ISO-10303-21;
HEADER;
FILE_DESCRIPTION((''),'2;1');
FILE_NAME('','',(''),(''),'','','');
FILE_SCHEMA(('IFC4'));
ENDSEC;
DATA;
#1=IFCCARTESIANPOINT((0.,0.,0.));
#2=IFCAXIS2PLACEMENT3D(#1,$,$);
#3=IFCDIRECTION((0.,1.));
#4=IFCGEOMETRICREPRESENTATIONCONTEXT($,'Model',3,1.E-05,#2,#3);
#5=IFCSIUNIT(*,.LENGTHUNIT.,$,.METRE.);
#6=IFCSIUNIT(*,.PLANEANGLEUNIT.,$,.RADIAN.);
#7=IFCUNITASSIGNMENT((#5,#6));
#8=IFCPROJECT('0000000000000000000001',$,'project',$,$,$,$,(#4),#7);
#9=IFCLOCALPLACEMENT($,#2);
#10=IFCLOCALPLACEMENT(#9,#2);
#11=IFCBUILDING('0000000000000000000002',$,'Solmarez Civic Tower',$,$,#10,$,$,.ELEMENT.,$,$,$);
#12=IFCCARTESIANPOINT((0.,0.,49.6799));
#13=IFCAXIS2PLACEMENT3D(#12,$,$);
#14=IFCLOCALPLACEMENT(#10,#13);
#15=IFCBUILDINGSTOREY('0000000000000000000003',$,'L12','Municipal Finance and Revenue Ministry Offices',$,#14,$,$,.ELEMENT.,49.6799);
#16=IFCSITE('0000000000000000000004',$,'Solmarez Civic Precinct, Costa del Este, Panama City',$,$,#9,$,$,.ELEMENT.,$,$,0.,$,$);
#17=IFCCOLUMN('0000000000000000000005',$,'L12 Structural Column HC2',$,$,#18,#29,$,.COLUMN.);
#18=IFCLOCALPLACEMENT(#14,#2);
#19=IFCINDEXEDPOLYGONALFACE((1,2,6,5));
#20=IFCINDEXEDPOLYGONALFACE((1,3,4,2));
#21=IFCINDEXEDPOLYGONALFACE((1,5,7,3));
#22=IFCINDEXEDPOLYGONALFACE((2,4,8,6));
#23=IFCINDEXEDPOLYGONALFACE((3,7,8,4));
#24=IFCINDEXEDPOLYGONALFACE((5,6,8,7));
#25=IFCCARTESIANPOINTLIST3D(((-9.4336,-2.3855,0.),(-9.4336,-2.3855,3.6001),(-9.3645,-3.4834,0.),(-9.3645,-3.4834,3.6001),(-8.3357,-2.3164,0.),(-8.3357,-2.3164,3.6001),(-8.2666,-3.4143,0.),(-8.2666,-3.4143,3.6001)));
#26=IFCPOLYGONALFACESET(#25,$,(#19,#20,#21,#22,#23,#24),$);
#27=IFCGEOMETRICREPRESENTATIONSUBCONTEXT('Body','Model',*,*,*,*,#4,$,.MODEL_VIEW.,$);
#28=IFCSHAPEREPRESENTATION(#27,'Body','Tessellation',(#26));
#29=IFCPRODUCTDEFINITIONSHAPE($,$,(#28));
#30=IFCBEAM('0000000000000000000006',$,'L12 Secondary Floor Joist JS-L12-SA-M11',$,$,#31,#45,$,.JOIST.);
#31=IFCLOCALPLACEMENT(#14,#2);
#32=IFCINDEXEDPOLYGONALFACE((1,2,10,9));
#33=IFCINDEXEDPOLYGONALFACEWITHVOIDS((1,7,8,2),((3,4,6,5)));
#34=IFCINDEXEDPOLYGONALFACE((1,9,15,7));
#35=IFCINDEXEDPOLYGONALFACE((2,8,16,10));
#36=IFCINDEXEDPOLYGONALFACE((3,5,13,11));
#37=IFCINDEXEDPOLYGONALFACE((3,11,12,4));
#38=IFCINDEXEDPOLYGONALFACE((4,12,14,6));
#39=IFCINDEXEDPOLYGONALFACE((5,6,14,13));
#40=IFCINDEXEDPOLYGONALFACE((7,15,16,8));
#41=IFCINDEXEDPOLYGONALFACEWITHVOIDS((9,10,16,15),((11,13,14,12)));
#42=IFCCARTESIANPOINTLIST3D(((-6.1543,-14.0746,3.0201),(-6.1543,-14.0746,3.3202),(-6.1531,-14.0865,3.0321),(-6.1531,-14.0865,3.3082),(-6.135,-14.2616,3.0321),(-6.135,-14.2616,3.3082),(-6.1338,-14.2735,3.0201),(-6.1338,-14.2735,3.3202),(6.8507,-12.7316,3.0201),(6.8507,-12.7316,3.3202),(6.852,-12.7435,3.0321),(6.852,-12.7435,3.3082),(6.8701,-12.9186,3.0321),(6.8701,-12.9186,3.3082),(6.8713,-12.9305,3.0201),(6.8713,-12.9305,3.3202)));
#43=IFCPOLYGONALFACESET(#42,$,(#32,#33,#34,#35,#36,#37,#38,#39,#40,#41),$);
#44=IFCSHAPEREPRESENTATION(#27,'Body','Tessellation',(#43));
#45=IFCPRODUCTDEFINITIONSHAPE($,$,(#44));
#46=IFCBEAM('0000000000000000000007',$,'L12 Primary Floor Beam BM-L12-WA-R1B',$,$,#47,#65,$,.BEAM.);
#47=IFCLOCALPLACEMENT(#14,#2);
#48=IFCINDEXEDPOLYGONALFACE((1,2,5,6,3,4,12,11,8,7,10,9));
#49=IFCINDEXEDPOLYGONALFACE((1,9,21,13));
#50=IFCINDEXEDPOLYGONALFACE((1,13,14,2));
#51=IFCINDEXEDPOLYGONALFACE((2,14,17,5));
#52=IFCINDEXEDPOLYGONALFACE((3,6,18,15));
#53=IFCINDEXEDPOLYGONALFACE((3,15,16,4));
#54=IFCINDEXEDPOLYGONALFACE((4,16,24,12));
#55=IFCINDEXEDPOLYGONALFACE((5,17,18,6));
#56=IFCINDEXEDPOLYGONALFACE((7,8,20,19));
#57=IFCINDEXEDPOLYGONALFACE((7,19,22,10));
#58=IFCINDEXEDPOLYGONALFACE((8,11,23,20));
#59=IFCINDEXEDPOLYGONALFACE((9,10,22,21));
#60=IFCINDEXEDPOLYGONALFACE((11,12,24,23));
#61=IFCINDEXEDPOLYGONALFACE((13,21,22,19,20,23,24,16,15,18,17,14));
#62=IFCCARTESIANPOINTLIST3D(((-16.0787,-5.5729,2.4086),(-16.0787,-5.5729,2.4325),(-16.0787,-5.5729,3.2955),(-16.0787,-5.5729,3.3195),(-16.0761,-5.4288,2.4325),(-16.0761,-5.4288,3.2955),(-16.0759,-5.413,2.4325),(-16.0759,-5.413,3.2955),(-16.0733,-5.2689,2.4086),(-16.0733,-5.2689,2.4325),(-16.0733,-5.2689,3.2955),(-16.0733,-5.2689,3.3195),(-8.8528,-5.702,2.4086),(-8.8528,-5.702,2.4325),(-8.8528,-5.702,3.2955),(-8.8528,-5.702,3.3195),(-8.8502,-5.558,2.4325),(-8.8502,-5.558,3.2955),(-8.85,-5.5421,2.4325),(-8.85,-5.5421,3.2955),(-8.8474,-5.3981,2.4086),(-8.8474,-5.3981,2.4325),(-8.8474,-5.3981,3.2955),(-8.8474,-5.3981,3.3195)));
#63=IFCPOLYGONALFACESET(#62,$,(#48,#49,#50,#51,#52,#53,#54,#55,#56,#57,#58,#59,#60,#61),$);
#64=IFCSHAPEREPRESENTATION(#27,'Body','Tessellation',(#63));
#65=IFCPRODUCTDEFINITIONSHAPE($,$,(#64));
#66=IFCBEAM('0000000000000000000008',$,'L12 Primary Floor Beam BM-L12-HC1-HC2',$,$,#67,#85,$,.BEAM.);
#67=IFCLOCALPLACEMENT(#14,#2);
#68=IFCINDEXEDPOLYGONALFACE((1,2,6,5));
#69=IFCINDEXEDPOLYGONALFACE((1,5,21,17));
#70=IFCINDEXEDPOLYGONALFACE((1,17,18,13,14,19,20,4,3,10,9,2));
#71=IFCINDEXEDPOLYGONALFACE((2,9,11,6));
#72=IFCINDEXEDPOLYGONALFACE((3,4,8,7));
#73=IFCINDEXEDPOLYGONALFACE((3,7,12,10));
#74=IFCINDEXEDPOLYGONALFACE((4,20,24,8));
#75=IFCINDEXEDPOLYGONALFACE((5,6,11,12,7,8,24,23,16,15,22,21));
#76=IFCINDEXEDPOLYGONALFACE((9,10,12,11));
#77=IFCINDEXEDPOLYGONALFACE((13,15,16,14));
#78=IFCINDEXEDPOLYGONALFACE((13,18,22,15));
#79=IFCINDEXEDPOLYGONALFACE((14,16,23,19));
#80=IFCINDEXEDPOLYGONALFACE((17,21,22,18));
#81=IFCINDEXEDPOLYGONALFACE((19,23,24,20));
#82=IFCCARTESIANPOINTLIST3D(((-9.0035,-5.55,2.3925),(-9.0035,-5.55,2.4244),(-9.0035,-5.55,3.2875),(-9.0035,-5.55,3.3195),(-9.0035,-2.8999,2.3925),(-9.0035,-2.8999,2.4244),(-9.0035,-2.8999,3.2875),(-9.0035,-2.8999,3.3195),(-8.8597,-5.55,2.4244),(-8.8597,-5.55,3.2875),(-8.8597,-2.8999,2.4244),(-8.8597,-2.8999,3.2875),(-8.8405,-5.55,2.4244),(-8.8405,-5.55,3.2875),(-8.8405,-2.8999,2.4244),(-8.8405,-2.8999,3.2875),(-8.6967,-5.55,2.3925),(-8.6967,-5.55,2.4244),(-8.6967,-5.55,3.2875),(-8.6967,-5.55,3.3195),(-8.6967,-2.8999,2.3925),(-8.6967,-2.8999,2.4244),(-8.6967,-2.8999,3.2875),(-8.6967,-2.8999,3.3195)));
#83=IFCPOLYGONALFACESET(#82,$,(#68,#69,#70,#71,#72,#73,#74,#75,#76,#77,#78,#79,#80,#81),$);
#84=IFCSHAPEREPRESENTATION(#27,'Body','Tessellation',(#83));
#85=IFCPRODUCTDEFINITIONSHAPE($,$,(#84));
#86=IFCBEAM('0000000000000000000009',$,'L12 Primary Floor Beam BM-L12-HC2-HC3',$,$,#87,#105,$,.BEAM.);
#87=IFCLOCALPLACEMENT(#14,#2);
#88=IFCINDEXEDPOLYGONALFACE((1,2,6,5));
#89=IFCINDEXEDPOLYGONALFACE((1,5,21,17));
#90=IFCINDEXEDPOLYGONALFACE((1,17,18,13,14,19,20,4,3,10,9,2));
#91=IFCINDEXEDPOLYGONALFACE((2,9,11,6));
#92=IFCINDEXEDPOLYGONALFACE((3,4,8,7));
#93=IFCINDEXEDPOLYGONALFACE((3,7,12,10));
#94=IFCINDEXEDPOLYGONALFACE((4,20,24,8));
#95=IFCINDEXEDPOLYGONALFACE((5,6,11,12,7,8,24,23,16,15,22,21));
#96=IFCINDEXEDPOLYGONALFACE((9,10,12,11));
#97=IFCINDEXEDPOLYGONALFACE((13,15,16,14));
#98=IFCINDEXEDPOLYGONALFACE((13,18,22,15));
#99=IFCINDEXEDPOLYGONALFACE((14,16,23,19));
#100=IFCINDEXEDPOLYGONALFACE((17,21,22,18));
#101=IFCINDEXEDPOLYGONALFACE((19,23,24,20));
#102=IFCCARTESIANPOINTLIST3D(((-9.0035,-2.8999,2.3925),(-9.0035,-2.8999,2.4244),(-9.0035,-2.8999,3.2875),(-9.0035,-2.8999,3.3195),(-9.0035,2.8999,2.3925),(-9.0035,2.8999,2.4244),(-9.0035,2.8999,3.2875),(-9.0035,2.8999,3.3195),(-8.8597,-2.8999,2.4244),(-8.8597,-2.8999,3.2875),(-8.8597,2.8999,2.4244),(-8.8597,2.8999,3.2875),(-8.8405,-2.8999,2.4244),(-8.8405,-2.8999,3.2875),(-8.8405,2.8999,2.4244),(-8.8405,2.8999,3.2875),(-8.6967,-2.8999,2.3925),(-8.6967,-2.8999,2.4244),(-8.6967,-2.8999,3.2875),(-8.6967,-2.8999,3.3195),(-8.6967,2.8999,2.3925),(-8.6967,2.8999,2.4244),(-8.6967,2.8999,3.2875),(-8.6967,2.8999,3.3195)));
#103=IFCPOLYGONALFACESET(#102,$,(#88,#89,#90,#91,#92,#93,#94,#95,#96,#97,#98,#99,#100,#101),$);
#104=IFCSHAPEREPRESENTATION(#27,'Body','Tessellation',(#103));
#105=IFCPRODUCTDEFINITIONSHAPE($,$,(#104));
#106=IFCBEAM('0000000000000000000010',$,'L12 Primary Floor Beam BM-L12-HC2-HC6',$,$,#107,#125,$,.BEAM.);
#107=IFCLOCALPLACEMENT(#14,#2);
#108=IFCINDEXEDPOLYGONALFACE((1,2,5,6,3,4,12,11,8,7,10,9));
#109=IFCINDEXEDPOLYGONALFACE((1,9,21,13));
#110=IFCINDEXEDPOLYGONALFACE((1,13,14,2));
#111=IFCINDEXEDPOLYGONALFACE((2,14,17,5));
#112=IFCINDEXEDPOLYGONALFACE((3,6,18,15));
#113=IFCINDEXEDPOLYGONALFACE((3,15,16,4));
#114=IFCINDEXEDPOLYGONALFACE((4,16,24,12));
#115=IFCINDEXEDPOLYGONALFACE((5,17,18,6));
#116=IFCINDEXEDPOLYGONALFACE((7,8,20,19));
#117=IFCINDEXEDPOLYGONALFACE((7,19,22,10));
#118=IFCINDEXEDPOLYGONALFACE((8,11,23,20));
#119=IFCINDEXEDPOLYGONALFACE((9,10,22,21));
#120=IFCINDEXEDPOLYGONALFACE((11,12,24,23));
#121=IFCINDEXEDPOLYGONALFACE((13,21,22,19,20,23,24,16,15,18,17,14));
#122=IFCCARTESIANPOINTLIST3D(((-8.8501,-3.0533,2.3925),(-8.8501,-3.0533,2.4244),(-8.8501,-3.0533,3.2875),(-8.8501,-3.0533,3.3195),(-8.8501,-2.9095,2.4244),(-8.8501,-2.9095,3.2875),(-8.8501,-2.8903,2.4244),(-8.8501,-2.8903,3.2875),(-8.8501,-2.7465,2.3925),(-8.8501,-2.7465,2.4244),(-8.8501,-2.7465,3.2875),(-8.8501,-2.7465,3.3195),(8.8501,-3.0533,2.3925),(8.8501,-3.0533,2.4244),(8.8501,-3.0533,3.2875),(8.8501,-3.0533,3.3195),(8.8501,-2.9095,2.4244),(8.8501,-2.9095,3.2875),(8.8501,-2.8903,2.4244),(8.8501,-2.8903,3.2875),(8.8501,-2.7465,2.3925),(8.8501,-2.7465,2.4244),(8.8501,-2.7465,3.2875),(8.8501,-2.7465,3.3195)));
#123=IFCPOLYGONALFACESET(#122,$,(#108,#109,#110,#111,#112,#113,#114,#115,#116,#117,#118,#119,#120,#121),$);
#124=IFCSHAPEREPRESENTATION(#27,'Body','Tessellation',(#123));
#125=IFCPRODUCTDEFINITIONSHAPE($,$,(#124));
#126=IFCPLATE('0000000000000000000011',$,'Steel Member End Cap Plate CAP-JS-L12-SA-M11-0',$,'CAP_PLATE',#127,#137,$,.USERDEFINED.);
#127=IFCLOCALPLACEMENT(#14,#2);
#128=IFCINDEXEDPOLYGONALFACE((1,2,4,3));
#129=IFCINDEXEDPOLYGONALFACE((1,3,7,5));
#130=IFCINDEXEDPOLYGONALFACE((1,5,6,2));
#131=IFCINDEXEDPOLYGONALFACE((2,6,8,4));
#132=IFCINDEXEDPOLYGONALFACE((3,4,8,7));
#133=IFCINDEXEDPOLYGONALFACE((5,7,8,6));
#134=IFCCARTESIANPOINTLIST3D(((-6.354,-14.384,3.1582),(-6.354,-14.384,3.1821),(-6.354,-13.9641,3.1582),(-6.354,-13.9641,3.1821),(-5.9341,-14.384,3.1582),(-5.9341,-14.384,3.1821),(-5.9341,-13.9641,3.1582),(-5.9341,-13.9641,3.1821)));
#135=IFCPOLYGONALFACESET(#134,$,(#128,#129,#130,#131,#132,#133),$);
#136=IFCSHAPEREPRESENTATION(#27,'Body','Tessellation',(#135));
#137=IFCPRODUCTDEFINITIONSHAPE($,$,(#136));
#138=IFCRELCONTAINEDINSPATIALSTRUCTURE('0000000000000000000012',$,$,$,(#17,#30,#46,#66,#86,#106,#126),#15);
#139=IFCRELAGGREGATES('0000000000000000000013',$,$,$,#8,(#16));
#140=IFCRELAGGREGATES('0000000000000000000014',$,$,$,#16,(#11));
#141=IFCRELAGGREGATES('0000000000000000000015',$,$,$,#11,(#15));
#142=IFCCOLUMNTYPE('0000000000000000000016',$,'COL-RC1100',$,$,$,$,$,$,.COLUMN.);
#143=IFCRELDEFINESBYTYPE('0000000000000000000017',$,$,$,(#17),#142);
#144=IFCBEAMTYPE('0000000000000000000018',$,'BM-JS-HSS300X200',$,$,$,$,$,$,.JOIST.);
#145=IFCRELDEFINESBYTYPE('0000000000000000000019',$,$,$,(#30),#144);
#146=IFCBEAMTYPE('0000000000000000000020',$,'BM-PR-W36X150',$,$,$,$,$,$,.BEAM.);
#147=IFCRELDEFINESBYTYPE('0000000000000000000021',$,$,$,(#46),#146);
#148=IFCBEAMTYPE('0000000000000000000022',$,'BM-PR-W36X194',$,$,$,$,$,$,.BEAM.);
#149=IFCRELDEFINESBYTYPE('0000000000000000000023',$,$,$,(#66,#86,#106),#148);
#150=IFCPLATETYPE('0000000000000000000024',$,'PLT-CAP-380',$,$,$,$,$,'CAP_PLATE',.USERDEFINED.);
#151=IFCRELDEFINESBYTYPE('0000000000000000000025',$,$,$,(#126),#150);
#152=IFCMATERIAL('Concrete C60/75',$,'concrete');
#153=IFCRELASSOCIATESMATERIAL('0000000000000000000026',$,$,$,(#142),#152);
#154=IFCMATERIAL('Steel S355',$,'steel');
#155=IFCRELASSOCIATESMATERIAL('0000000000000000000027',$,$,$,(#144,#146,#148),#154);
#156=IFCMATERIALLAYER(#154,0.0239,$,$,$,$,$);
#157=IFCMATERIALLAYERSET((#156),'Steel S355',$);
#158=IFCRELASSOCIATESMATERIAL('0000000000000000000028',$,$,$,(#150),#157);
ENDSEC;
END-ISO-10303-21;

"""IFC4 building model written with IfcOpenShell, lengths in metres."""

from ifc_helpers import new_model, si_unit, direction, frame, origin, origin_2d, place, context, subcontext, project, spatial, rectangle, hollow_rectangle, i_section, extrude, material, layer, layer_set, material_profile, profile_set, type_object, element, save


model = new_model("IFC4")

# Units and contexts
model_context = context("Model", 3, precision=1e-05, world=origin(), true_north=direction((0.0, 1.0)))
body_context = subcontext(model_context, "Body", "Model", "MODEL_VIEW")
ifc_project = project(units=[si_unit("LENGTHUNIT", "METRE"), si_unit("PLANEANGLEUNIT", "RADIAN")], contexts=[model_context])

# Site, building, storey
site_placement = place(None, origin())
site = spatial("IfcSite", under=ifc_project, at=site_placement, Name="Solmarez Civic Precinct, Costa del Este, Panama City", CompositionType="ELEMENT", RefElevation=0.0)
building_placement = place(site_placement, origin())
building = spatial("IfcBuilding", under=site, at=building_placement, Name="Solmarez Civic Tower", CompositionType="ELEMENT")
storey_placement = place(building_placement, frame((0.0, 0.0, 49.6799)))
storey = spatial("IfcBuildingStorey", under=building, at=storey_placement, Name="L12", Description="Municipal Finance and Revenue Ministry Offices", CompositionType="ELEMENT", Elevation=49.6799)

# Column
ifc_material_1 = material(Name="Concrete C60/75", Category="concrete")
ifc_material_profile_1 = material_profile(ifc_material_1, rectangle(XDim=1.1001, YDim=1.1001, at=origin_2d()), Name="RC1100X1100")
ifc_profile_set_1 = profile_set([ifc_material_profile_1], Name="Concrete C60/75")
column_type = type_object("IfcColumnType", Name="COL-RC1100", PredefinedType="COLUMN", material=ifc_profile_set_1)
column_placement = place(storey_placement, frame((-8.8501, -2.8999, 0.0), z_axis=(0.0, 0.0, 1.0), x_axis=(0.998027, 0.062791, 0.0)))
element("IfcColumn", 1, at=column_placement, inside=storey, type_object=column_type, Name="L12 Structural Column HC2", PredefinedType="COLUMN", context=body_context, shape_type="SweptSolid", body=[
    extrude(rectangle(XDim=1.1001, YDim=1.1001, at=origin_2d()), origin(), (0.0, 0.0, 1.0), 3.6001),
])

# Beams
ifc_material_2 = material(Name="Steel S355", Category="steel")
ifc_material_profile_2 = material_profile(ifc_material_2, hollow_rectangle(XDim=0.2, YDim=0.3, WallThickness=0.012, at=origin_2d()), Name="HSS300X200X12")
ifc_profile_set_2 = profile_set([ifc_material_profile_2], Name="Steel S355")
beam_type_1 = type_object("IfcBeamType", Name="BM-JS-HSS300X200", PredefinedType="JOIST", material=ifc_profile_set_2)
beam_1_placement = place(storey_placement, frame((-6.144, -14.1741, 3.1702), z_axis=(0.99471, 0.102722, 0.0), x_axis=(-0.102722, 0.99471, 0.0)))
element("IfcBeam", 2, at=beam_1_placement, inside=storey, type_object=beam_type_1, Name="L12 Secondary Floor Joist JS-L12-SA-M11", PredefinedType="JOIST", context=body_context, shape_type="SweptSolid", body=[
    extrude(hollow_rectangle(XDim=0.2, YDim=0.3, WallThickness=0.012, at=origin_2d()), origin(), (0.0, 0.0, 1.0), 13.0742),
])
ifc_material_profile_3 = material_profile(ifc_material_2, i_section(OverallWidth=0.304, OverallDepth=0.9109, WebThickness=0.0159, FlangeThickness=0.0239, at=origin_2d()), Name="W36X150")
ifc_profile_set_3 = profile_set([ifc_material_profile_3], Name="Steel S355")
beam_type_2 = type_object("IfcBeamType", Name="BM-PR-W36X150", PredefinedType="BEAM", material=ifc_profile_set_3)
beam_2_placement = place(storey_placement, frame((-8.8501, -5.55, 2.864), z_axis=(-0.99984, 0.017871, 0.0), x_axis=(-0.017871, -0.99984, 0.0)))
element("IfcBeam", 3, at=beam_2_placement, inside=storey, type_object=beam_type_2, Name="L12 Primary Floor Beam BM-L12-WA-R1B", PredefinedType="BEAM", context=body_context, shape_type="SweptSolid", body=[
    extrude(i_section(OverallWidth=0.304, OverallDepth=0.9109, WebThickness=0.0159, FlangeThickness=0.0239, at=origin_2d()), origin(), (0.0, 0.0, 1.0), 7.2271),
])
ifc_material_profile_4 = material_profile(ifc_material_2, i_section(OverallWidth=0.3069, OverallDepth=0.927, WebThickness=0.0193, FlangeThickness=0.032, at=origin_2d()), Name="W36X194")
ifc_profile_set_4 = profile_set([ifc_material_profile_4], Name="Steel S355")
beam_type_3 = type_object("IfcBeamType", Name="BM-PR-W36X194", PredefinedType="BEAM", material=ifc_profile_set_4)
beam_3_placement = place(storey_placement, frame((-8.8501, -5.55, 2.856), z_axis=(0.0, 1.0, 0.0), x_axis=(-1.0, 0.0, 0.0)))
element("IfcBeam", 4, at=beam_3_placement, inside=storey, type_object=beam_type_3, Name="L12 Primary Floor Beam BM-L12-HC1-HC2", PredefinedType="BEAM", context=body_context, shape_type="SweptSolid", body=[
    extrude(i_section(OverallWidth=0.3069, OverallDepth=0.927, WebThickness=0.0193, FlangeThickness=0.032, at=origin_2d()), origin(), (0.0, 0.0, 1.0), 2.6501),
])
beam_4_placement = place(storey_placement, frame((-8.8501, -2.8999, 2.856), z_axis=(0.0, 1.0, 0.0), x_axis=(-1.0, 0.0, 0.0)))
element("IfcBeam", 5, at=beam_4_placement, inside=storey, type_object=beam_type_3, Name="L12 Primary Floor Beam BM-L12-HC2-HC3", PredefinedType="BEAM", context=body_context, shape_type="SweptSolid", body=[
    extrude(i_section(OverallWidth=0.3069, OverallDepth=0.927, WebThickness=0.0193, FlangeThickness=0.032, at=origin_2d()), origin(), (0.0, 0.0, 1.0), 5.7998),
])
beam_5_placement = place(storey_placement, frame((-8.8501, -2.8999, 2.856), z_axis=(1.0, 0.0, 0.0), x_axis=(0.0, 1.0, 0.0)))
element("IfcBeam", 6, at=beam_5_placement, inside=storey, type_object=beam_type_3, Name="L12 Primary Floor Beam BM-L12-HC2-HC6", PredefinedType="BEAM", context=body_context, shape_type="SweptSolid", body=[
    extrude(i_section(OverallWidth=0.3069, OverallDepth=0.927, WebThickness=0.0193, FlangeThickness=0.032, at=origin_2d()), origin(), (0.0, 0.0, 1.0), 17.7002),
])

# Plate
ifc_layer_1 = layer(ifc_material_2, 0.0239)
ifc_layer_set_1 = layer_set([ifc_layer_1], Name="Steel S355")
plate_type = type_object("IfcPlateType", Name="PLT-CAP-380", ElementType="CAP_PLATE", PredefinedType="USERDEFINED", material=ifc_layer_set_1)
plate_placement = place(storey_placement, frame((-6.144, -14.1741, 3.1582), z_axis=(0.0, 0.0, 1.0), x_axis=(1.0, 0.0, 0.0)))
element("IfcPlate", 7, at=plate_placement, inside=storey, type_object=plate_type, Name="Steel Member End Cap Plate CAP-JS-L12-SA-M11-0", ObjectType="CAP_PLATE", PredefinedType="USERDEFINED", context=body_context, shape_type="SweptSolid", body=[
    extrude(rectangle(XDim=0.4199, YDim=0.4199, at=origin_2d()), origin(), (0.0, 0.0, 1.0), 0.0239),
])

save(model, "model.ifc")
